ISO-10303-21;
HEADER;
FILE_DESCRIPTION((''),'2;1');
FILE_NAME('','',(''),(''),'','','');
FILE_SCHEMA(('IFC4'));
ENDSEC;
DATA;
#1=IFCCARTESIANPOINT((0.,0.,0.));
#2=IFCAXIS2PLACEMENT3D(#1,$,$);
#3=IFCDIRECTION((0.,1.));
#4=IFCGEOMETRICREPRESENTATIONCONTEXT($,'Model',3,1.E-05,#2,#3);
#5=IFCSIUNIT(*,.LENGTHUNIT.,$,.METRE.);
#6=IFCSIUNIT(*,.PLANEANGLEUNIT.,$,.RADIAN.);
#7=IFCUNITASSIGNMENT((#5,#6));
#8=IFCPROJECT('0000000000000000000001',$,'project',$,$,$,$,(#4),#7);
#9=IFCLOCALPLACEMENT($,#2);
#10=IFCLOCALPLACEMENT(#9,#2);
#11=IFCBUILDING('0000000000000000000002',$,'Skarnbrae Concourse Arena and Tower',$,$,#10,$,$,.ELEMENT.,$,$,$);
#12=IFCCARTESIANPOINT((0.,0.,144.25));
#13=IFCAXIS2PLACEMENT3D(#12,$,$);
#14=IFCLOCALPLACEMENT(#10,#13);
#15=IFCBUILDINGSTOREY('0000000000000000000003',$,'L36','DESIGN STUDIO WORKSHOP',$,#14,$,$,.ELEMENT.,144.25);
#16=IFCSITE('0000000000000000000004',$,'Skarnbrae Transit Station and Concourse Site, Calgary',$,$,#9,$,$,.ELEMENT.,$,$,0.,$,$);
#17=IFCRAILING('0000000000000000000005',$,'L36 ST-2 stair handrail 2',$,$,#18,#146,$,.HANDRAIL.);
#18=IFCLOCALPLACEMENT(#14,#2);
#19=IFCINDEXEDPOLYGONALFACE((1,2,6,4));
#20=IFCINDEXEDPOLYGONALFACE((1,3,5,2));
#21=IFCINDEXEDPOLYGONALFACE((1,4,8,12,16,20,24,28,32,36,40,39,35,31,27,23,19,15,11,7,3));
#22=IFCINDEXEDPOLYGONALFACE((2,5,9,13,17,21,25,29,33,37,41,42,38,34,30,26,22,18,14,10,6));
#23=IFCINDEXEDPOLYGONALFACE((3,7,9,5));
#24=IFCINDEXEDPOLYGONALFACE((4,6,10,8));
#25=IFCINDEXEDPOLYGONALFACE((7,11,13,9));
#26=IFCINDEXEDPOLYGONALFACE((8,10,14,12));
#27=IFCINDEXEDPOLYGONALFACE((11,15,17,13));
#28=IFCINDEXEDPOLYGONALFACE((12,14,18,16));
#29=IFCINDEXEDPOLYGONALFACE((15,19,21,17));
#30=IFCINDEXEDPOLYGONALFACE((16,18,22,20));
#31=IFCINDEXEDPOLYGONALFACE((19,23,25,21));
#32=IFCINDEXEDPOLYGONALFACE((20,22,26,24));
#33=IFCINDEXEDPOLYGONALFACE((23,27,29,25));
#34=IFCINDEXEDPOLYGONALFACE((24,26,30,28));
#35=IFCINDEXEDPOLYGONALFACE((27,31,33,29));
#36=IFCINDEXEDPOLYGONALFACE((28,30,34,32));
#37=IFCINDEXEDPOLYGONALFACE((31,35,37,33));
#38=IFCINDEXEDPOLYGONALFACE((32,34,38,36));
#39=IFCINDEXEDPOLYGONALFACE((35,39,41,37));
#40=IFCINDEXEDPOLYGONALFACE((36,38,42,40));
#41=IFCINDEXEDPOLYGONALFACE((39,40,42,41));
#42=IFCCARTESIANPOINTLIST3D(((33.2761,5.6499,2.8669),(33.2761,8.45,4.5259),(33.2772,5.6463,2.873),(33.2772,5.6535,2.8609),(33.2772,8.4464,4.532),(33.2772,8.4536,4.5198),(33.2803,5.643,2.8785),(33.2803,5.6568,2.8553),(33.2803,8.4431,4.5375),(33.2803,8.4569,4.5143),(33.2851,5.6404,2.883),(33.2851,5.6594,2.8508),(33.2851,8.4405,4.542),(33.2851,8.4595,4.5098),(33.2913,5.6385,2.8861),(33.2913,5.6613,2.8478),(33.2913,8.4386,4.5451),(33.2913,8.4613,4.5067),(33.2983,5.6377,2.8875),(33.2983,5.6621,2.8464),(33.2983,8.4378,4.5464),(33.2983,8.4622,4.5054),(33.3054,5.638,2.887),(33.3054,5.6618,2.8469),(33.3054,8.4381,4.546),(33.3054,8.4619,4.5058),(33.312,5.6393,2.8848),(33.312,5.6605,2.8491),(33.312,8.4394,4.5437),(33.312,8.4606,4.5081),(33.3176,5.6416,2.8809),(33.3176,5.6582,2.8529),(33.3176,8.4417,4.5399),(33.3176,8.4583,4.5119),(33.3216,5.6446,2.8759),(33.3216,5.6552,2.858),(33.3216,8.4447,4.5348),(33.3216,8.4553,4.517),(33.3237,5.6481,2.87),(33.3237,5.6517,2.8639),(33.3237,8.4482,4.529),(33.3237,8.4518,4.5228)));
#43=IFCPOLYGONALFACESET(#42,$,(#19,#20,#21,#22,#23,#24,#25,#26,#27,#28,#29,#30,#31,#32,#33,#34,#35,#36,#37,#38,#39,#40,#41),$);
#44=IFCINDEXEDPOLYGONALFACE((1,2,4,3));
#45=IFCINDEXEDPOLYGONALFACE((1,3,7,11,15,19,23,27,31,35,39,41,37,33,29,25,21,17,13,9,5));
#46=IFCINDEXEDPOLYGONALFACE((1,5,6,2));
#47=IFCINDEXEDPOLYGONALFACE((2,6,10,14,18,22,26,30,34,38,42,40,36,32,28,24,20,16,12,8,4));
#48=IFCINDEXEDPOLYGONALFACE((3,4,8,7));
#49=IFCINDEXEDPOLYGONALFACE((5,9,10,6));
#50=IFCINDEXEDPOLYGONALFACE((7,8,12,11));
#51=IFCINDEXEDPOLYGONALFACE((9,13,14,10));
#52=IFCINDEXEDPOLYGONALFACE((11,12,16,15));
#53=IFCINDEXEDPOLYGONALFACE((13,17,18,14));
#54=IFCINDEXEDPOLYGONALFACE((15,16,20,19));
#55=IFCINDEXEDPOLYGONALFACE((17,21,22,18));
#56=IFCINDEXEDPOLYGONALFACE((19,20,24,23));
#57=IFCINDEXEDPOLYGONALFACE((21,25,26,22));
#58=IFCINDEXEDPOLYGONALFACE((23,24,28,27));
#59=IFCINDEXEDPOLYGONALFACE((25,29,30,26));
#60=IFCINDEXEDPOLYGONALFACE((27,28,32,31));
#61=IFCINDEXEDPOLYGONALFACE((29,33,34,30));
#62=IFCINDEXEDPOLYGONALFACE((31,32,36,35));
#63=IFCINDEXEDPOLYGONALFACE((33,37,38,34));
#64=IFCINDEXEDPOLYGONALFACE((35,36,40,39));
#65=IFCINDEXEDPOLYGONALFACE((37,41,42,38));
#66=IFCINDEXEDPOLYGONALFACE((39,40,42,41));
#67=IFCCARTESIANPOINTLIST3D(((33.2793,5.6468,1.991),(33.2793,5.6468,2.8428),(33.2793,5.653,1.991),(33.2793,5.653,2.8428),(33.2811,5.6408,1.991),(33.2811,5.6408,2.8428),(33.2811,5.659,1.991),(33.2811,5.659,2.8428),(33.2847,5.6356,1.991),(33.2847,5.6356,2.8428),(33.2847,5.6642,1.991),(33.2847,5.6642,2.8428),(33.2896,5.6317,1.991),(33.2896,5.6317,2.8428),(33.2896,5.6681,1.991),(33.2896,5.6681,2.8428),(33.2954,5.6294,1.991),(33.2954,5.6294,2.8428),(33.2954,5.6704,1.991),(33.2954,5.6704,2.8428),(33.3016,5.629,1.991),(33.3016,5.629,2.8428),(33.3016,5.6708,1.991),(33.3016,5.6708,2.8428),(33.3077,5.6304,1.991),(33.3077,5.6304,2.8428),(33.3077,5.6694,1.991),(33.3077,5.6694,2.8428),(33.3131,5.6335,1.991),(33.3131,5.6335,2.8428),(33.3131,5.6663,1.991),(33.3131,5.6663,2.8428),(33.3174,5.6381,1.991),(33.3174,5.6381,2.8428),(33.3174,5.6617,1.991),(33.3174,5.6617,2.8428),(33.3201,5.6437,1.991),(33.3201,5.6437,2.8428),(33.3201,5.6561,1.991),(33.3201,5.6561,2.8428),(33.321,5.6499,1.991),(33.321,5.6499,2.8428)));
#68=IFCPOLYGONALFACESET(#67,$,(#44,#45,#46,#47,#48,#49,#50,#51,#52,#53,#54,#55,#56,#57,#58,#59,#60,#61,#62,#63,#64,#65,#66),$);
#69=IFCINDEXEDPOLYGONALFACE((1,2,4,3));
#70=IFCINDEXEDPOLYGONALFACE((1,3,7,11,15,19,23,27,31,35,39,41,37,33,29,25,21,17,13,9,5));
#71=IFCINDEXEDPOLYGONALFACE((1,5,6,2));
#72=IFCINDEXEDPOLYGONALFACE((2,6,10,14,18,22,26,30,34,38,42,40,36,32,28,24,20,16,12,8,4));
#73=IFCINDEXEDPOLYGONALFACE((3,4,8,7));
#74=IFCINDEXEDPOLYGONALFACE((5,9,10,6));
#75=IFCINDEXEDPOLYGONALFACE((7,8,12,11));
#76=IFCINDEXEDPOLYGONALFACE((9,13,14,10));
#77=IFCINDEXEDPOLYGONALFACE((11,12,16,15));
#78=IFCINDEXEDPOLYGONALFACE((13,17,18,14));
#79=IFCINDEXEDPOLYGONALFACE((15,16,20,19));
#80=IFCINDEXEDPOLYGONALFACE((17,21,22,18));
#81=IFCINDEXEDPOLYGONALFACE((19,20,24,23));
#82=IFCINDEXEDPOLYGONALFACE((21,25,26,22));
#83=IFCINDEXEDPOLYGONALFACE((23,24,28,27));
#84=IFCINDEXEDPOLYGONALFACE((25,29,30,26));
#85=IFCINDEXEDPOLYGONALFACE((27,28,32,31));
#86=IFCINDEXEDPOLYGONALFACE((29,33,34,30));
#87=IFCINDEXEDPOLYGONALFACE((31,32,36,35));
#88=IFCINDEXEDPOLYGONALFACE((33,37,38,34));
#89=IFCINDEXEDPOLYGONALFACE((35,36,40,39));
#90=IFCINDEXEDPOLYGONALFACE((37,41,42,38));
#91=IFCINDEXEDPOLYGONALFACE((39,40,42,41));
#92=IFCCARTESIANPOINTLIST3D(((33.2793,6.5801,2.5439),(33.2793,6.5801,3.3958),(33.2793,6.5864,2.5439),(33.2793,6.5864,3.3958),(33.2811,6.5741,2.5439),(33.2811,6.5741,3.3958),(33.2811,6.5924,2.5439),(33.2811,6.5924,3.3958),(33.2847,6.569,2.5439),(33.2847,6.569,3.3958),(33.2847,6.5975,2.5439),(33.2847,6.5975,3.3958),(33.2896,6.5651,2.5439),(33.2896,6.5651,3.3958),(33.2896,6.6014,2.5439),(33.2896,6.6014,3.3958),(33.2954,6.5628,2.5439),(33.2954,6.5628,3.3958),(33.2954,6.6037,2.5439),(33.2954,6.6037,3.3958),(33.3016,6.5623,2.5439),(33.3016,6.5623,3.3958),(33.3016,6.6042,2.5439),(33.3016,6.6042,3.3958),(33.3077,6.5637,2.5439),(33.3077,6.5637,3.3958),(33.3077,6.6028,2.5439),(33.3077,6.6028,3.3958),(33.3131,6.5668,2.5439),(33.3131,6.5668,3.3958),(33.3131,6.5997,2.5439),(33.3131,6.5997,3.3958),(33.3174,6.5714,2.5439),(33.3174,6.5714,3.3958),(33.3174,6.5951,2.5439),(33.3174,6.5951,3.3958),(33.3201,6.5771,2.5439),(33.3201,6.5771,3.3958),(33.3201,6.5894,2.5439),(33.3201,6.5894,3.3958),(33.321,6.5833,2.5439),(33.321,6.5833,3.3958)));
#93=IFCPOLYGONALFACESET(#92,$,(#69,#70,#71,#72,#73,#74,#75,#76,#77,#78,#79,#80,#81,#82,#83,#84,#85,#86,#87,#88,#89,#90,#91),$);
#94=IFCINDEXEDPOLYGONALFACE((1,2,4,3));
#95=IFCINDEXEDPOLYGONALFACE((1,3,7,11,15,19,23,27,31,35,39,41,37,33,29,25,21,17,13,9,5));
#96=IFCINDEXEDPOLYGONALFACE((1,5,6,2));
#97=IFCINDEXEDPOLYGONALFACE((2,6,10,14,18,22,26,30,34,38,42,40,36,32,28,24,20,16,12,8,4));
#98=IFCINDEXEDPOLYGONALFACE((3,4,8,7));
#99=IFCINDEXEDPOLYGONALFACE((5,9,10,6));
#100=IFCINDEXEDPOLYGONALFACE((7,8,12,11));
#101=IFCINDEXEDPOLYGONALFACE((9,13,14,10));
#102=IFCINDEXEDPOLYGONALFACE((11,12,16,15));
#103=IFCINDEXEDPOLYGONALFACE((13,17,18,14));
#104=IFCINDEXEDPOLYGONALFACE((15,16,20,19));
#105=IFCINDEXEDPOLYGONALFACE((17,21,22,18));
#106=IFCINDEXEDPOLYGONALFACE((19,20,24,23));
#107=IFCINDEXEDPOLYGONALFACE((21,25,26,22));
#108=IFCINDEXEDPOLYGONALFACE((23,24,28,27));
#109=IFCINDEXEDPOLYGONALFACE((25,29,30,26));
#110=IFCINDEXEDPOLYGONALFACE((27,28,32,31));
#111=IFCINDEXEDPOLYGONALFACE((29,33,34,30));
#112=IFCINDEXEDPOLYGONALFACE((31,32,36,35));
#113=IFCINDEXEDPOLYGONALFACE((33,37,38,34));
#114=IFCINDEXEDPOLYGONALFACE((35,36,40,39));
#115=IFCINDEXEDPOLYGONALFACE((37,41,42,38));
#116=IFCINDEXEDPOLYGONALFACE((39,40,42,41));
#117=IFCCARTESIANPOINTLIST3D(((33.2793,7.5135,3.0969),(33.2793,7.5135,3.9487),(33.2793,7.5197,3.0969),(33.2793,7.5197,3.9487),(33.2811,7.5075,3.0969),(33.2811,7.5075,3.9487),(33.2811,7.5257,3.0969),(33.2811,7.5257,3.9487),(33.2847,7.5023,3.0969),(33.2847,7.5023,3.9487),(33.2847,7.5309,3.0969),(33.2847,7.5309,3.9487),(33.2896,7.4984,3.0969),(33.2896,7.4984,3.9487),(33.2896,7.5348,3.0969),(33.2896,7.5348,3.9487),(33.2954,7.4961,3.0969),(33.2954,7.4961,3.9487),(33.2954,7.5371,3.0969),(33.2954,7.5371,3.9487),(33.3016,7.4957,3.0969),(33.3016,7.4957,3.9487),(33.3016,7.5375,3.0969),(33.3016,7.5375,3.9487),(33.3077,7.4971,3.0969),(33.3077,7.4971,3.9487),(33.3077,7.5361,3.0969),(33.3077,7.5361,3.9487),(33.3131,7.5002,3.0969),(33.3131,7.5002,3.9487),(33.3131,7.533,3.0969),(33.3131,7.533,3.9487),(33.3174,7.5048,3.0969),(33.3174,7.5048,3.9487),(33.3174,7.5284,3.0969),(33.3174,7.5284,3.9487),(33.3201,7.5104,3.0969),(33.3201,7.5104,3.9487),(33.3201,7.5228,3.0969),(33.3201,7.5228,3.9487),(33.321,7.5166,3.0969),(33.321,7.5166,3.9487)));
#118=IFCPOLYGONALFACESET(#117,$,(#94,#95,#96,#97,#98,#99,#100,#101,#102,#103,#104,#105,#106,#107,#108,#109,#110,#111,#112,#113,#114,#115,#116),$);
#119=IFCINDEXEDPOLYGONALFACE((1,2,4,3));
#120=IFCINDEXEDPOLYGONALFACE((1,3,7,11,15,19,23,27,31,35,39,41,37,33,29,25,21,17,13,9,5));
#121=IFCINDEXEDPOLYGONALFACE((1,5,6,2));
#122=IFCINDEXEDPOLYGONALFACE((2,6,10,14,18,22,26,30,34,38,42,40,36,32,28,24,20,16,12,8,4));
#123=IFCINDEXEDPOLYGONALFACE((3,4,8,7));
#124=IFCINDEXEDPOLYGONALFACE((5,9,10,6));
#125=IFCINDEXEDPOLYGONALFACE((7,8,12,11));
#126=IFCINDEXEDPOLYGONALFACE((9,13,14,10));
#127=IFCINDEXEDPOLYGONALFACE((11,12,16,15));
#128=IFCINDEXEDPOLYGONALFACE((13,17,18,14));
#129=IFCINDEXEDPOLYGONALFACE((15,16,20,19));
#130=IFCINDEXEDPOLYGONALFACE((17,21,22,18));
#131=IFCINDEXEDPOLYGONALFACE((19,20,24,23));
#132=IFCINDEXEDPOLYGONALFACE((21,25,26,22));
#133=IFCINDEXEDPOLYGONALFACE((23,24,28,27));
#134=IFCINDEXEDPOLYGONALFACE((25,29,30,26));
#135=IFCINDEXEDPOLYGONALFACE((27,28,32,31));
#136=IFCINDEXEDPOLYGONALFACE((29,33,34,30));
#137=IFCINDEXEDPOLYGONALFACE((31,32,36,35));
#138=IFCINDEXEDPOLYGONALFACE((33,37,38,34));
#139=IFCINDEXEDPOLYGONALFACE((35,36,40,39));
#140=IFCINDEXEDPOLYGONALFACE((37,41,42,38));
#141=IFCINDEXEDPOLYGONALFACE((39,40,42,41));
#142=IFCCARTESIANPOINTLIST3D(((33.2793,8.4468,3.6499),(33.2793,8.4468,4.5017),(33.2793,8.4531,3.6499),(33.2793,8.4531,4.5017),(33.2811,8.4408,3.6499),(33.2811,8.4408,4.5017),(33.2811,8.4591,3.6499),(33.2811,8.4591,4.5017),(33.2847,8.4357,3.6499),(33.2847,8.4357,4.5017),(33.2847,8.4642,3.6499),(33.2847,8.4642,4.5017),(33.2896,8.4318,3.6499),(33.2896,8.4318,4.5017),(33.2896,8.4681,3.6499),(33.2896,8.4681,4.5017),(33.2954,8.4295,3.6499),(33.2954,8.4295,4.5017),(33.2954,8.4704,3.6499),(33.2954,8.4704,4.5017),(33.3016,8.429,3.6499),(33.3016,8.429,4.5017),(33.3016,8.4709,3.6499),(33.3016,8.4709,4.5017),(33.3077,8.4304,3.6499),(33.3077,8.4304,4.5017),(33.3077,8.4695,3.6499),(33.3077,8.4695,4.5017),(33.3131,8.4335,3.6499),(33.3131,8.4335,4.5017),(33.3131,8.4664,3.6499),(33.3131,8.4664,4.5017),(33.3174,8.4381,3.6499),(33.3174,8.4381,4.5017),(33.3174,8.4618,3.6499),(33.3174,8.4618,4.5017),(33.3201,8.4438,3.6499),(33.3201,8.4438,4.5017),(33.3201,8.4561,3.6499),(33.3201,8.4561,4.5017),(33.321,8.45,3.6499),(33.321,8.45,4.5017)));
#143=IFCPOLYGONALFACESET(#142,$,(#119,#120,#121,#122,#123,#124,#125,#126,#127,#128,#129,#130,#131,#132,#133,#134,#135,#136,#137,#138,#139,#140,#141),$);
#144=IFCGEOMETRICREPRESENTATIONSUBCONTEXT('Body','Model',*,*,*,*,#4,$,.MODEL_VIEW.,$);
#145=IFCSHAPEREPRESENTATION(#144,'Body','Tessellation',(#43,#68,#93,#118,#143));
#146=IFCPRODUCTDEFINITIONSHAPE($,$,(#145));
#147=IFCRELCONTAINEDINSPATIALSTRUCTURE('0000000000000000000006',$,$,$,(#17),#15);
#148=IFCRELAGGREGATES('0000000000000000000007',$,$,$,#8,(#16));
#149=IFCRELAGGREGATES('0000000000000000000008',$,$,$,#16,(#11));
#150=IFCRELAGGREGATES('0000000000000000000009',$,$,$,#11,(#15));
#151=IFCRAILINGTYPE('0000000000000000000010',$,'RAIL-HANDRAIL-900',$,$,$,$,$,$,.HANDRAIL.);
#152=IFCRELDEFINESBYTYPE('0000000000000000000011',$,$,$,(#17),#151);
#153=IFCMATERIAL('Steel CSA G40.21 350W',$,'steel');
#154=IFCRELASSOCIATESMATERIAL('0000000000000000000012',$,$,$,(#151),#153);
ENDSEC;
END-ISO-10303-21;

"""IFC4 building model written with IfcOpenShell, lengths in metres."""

from ifc_helpers import new_model, si_unit, direction, frame, origin, origin_2d, place, context, subcontext, project, spatial, circle, extrude, material, type_object, element, save


model = new_model("IFC4")

# Units and contexts
model_context = context("Model", 3, precision=1e-05, world=origin(), true_north=direction((0.0, 1.0)))
body_context = subcontext(model_context, "Body", "Model", "MODEL_VIEW")
ifc_project = project(units=[si_unit("LENGTHUNIT", "METRE"), si_unit("PLANEANGLEUNIT", "RADIAN")], contexts=[model_context])

# Site, building, storey
site_placement = place(None, origin())
site = spatial("IfcSite", under=ifc_project, at=site_placement, Name="Skarnbrae Transit Station and Concourse Site, Calgary", CompositionType="ELEMENT", RefElevation=0.0)
building_placement = place(site_placement, origin())
building = spatial("IfcBuilding", under=site, at=building_placement, Name="Skarnbrae Concourse Arena and Tower", CompositionType="ELEMENT")
storey_placement = place(building_placement, frame((0.0, 0.0, 144.25)))
storey = spatial("IfcBuildingStorey", under=building, at=storey_placement, Name="L36", Description="DESIGN STUDIO WORKSHOP", CompositionType="ELEMENT", Elevation=144.25)

# Shared definitions
ifc_material_1 = material(Name="Steel CSA G40.21 350W", Category="steel")

# Railing
railing_type_1 = type_object("IfcRailingType", Name="RAIL-HANDRAIL-900", PredefinedType="HANDRAIL", material=ifc_material_1)
railing_1_placement = place(storey_placement, frame((33.3, 5.6499, 1.991)))
element("IfcRailing", 1, at=railing_1_placement, inside=storey, type_object=railing_type_1, Name="L36 ST-2 stair handrail 2", PredefinedType="HANDRAIL", context=body_context, shape_type="SweptSolid", body=[
    extrude(circle(Radius=0.0239, at=origin_2d()), frame((0.0, 0.0, 0.876), z_axis=(0.0, 0.860339, 0.509722), x_axis=(-1.0, 0.0, 0.0)), (0.0, 0.0, 1.0), 3.2546),
    extrude(circle(Radius=0.021, at=origin_2d()), origin(), (0.0, 0.0, 1.0), 0.8518),
    extrude(circle(Radius=0.021, at=origin_2d()), frame((0.0, 0.9333, 0.553)), (0.0, 0.0, 1.0), 0.8518),
    extrude(circle(Radius=0.021, at=origin_2d()), frame((0.0, 1.8667, 1.106)), (0.0, 0.0, 1.0), 0.8518),
    extrude(circle(Radius=0.021, at=origin_2d()), frame((0.0, 2.8, 1.6589)), (0.0, 0.0, 1.0), 0.8518),
])

save(model, "model.ifc")
